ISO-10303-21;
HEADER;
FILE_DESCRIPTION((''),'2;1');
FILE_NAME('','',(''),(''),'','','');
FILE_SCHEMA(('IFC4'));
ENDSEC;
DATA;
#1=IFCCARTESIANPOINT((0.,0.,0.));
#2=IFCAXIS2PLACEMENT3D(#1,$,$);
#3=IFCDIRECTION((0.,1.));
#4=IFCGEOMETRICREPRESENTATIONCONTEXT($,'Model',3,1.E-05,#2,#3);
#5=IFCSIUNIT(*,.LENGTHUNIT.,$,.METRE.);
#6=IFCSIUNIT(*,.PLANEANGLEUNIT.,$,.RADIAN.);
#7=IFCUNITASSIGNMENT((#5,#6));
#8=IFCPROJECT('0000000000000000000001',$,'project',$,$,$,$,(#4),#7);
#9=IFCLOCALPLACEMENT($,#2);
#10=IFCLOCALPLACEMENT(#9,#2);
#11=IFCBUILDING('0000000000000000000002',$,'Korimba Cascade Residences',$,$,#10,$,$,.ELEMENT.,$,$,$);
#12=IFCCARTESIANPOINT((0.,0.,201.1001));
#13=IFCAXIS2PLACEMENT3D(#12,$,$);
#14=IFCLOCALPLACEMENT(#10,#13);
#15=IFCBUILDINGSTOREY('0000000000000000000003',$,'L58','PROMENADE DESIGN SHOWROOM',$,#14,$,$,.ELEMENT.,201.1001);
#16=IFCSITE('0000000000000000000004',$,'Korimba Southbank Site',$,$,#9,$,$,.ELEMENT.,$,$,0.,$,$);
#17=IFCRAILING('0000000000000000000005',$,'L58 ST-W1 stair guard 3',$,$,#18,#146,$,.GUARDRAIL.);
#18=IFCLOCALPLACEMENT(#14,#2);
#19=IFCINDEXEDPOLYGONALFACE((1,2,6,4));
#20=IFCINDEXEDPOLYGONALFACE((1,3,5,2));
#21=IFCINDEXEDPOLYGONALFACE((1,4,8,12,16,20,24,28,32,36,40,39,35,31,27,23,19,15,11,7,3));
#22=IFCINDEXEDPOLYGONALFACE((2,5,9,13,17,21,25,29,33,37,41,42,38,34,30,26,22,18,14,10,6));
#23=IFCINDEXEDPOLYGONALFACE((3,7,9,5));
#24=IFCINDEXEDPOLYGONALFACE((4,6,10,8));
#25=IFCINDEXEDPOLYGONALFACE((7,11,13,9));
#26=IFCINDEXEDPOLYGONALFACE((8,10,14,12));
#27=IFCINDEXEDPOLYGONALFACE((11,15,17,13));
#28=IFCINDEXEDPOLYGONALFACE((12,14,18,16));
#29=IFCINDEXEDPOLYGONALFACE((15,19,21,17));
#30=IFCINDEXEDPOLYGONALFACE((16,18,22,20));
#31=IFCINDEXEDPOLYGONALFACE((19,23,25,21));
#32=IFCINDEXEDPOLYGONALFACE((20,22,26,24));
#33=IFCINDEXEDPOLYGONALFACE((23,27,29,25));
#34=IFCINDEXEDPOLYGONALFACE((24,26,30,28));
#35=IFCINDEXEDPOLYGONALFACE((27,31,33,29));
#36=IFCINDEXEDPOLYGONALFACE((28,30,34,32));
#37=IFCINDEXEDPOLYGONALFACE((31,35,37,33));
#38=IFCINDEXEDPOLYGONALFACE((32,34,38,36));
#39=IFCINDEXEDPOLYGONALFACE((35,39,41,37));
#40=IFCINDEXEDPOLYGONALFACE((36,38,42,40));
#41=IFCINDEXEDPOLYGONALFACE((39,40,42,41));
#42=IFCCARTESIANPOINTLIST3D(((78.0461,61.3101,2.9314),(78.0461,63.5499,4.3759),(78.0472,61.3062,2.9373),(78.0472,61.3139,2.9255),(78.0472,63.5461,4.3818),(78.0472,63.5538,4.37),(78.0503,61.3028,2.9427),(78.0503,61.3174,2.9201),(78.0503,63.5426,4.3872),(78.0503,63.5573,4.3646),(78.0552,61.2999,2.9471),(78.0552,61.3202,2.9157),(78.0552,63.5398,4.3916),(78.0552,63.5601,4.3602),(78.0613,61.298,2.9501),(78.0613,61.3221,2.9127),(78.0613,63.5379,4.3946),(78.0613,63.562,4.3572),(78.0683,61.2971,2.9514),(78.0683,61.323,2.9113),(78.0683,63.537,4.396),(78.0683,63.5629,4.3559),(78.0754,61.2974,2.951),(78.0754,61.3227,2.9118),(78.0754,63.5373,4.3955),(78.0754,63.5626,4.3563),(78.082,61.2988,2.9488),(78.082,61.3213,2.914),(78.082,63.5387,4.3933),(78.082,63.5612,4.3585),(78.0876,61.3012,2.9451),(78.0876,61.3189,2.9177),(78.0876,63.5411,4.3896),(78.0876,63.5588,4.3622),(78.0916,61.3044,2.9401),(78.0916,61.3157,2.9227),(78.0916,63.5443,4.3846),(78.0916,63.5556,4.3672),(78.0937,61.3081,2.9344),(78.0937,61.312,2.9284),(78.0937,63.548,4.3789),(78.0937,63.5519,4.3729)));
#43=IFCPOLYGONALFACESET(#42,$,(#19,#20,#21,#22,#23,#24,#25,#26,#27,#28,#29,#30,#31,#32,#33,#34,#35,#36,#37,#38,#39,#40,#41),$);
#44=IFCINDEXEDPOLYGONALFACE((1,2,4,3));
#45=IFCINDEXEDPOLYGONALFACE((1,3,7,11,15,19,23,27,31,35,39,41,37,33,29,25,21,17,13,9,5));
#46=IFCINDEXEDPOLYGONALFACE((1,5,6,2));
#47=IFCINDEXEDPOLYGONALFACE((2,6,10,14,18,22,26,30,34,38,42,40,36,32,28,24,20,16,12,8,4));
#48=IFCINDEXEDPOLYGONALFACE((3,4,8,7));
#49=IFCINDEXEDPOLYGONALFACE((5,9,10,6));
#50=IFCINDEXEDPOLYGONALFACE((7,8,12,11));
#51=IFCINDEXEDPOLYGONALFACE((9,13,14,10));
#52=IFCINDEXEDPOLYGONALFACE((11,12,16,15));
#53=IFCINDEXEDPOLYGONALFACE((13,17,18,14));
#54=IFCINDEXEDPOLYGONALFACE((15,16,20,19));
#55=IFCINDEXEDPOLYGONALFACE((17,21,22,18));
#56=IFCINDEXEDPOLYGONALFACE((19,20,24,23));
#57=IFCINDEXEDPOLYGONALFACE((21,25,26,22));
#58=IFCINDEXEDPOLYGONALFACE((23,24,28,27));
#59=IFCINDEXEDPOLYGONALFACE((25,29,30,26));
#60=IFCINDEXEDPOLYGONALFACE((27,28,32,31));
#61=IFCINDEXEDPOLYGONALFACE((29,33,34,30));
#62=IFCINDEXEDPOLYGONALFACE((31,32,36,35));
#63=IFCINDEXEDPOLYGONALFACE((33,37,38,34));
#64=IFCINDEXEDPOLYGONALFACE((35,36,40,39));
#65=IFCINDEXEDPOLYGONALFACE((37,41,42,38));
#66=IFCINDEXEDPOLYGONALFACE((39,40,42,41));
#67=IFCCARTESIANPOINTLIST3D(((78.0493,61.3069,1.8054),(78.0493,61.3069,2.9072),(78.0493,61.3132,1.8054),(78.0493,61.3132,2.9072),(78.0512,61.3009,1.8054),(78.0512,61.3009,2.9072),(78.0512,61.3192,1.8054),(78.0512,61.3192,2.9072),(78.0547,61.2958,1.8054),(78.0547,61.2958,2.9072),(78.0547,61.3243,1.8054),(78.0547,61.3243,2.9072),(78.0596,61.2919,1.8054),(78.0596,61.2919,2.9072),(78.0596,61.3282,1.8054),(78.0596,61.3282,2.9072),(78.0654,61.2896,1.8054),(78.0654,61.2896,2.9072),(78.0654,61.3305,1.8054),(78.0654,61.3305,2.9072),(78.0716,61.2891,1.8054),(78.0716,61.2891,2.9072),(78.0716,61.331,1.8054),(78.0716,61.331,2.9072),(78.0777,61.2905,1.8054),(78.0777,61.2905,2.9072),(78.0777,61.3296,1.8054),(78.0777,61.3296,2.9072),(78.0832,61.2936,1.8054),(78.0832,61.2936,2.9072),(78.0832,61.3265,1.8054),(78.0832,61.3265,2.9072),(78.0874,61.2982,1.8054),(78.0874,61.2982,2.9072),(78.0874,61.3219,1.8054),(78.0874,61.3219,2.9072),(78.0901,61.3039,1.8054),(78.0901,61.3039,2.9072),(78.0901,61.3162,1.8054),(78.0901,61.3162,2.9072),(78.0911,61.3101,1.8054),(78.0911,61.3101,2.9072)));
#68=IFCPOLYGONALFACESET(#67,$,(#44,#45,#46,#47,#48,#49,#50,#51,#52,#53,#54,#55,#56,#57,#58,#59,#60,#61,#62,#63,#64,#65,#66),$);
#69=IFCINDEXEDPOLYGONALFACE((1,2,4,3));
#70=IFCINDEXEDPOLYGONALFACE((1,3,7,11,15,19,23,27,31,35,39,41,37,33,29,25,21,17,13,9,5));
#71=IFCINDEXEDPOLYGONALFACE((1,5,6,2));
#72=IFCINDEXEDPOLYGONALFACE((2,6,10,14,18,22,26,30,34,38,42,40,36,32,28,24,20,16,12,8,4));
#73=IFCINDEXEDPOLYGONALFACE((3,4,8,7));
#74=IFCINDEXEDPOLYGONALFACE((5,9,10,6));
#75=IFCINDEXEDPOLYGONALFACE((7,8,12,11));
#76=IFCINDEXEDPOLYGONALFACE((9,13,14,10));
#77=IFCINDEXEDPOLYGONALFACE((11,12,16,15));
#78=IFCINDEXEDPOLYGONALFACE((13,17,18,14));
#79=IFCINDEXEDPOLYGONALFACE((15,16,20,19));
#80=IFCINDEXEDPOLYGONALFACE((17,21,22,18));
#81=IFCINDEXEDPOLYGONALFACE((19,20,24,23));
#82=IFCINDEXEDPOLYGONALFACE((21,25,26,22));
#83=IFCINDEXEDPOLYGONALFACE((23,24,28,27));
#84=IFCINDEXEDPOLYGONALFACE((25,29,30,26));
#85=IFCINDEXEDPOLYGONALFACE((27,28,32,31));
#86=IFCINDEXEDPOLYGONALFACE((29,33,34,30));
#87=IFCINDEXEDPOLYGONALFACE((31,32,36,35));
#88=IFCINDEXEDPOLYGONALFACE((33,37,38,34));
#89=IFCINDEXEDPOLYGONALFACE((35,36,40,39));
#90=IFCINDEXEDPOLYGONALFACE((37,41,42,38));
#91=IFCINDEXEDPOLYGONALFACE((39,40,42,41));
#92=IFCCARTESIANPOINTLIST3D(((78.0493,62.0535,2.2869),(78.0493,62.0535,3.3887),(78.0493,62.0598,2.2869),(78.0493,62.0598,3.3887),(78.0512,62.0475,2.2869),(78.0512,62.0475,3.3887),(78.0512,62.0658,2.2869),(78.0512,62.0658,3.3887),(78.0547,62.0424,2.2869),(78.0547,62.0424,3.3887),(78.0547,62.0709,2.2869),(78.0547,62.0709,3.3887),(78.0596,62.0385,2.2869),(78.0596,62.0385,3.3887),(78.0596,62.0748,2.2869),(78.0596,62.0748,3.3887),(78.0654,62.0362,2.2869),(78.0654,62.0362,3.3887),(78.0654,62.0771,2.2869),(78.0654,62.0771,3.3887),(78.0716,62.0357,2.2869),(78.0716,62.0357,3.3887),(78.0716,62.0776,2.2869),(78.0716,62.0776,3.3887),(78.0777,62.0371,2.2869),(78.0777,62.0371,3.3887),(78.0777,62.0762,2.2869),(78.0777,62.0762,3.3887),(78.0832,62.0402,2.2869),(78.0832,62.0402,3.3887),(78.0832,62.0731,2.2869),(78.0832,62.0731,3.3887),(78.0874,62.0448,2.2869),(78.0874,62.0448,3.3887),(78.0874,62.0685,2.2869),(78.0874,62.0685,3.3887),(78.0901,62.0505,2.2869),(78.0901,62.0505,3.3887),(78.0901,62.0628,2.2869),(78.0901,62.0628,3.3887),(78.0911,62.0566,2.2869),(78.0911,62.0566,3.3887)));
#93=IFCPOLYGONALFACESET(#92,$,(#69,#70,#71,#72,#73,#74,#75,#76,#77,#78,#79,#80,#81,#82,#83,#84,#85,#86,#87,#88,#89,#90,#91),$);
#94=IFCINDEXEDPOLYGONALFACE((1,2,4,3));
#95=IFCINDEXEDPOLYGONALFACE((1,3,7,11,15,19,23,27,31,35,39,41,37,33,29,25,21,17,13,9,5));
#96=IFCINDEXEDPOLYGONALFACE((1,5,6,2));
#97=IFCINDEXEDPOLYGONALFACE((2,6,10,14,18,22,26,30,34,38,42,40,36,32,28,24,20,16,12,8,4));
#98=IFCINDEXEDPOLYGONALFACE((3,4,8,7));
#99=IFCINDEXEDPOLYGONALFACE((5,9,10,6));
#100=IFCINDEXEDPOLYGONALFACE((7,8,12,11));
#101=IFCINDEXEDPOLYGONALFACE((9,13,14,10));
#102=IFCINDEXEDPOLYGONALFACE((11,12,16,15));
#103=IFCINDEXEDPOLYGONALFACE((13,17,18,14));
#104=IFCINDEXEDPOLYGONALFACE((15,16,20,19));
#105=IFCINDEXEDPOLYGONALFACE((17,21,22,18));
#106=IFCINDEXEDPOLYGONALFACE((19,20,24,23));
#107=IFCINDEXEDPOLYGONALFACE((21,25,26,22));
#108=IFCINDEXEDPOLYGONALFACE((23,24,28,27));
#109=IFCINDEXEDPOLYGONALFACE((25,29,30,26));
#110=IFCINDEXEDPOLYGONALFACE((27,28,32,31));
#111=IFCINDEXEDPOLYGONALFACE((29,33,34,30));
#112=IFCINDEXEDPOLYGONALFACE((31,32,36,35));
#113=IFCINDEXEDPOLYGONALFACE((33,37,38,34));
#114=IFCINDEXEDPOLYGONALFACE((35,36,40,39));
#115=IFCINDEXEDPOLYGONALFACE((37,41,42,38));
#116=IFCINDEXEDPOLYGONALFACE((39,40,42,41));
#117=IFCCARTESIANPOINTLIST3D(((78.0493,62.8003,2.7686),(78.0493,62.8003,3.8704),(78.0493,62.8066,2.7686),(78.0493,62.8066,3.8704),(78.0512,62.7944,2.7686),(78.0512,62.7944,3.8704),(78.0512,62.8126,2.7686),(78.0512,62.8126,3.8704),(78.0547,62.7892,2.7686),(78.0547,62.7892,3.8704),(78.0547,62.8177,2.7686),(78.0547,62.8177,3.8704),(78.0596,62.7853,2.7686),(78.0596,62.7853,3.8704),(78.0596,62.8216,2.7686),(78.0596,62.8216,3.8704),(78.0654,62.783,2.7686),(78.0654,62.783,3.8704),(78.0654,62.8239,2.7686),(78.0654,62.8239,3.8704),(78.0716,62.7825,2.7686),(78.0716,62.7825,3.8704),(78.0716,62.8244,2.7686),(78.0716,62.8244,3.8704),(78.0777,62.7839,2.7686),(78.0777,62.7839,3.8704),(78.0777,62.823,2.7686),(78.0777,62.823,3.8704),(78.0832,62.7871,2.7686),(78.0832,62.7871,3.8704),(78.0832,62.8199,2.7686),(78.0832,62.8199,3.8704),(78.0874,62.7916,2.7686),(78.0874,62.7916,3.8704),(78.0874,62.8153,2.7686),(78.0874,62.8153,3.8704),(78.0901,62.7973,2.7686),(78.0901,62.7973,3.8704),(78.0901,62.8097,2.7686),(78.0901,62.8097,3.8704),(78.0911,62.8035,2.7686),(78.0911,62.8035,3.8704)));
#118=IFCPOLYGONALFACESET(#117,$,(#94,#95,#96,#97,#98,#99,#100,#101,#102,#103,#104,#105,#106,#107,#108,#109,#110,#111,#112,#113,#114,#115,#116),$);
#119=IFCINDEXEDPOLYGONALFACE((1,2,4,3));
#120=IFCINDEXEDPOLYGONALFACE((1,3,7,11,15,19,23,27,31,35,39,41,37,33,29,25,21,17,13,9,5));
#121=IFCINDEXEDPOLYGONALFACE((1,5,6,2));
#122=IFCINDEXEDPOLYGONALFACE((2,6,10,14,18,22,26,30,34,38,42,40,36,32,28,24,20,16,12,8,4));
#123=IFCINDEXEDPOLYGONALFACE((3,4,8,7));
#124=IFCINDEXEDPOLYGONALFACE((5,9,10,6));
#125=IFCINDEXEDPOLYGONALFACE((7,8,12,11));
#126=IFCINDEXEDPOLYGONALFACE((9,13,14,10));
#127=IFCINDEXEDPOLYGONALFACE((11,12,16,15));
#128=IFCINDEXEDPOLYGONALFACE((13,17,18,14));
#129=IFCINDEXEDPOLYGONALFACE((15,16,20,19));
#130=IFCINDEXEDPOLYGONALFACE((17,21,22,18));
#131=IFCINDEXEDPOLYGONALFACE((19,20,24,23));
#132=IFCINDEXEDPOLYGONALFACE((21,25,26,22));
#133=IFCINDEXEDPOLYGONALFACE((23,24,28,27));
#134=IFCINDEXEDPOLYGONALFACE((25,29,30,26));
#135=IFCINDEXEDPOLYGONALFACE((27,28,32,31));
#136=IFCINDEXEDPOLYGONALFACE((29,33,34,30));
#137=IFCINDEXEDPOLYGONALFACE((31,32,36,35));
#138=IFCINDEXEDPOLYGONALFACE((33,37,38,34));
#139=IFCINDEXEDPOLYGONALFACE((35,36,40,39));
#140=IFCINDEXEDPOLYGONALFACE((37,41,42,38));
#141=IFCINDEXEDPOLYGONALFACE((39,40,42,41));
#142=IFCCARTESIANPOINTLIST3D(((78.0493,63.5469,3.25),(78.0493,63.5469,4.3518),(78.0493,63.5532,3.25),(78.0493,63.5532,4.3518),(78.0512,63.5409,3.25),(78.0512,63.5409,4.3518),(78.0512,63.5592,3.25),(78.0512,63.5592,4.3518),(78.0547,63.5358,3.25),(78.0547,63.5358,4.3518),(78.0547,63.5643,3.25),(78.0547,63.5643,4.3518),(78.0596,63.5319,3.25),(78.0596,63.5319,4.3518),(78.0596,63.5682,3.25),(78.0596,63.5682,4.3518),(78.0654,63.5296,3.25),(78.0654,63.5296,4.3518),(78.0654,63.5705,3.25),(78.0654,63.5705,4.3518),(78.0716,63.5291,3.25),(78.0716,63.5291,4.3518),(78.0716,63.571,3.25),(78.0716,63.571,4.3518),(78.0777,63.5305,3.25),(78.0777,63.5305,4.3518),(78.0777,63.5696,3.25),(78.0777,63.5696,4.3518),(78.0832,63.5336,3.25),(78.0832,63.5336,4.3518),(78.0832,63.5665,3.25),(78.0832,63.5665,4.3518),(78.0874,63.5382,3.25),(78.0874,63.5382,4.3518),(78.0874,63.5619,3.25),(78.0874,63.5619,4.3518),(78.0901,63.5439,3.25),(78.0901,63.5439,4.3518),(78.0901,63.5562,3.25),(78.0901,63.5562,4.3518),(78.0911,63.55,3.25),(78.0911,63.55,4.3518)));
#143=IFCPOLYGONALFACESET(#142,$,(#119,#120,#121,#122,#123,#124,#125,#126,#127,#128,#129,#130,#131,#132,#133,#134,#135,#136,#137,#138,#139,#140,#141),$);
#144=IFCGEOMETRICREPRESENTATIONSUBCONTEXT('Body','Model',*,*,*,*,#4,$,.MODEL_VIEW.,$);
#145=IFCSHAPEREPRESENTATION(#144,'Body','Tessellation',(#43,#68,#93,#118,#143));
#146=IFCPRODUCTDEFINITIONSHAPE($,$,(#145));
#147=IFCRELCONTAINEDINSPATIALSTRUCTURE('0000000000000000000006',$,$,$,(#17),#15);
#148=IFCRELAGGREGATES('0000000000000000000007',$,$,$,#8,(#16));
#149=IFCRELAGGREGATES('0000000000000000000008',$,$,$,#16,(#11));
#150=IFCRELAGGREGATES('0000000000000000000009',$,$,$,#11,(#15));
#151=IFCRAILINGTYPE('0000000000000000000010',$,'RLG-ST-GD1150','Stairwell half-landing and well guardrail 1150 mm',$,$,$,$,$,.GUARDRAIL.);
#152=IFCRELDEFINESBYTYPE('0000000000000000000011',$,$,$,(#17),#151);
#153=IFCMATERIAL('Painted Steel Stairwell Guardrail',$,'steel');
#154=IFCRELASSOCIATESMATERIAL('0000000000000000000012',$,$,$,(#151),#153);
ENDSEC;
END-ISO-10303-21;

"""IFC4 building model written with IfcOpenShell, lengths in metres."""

from ifc_helpers import new_model, si_unit, direction, frame, origin, origin_2d, place, context, subcontext, project, spatial, circle, extrude, material, type_object, element, save


model = new_model("IFC4")

# Units and contexts
model_context = context("Model", 3, precision=1e-05, world=origin(), true_north=direction((0.0, 1.0)))
body_context = subcontext(model_context, "Body", "Model", "MODEL_VIEW")
ifc_project = project(units=[si_unit("LENGTHUNIT", "METRE"), si_unit("PLANEANGLEUNIT", "RADIAN")], contexts=[model_context])

# Site, building, storey
site_placement = place(None, origin())
site = spatial("IfcSite", under=ifc_project, at=site_placement, Name="Korimba Southbank Site", CompositionType="ELEMENT", RefElevation=0.0)
building_placement = place(site_placement, origin())
building = spatial("IfcBuilding", under=site, at=building_placement, Name="Korimba Cascade Residences", CompositionType="ELEMENT")
storey_placement = place(building_placement, frame((0.0, 0.0, 201.1001)))
storey = spatial("IfcBuildingStorey", under=building, at=storey_placement, Name="L58", Description="PROMENADE DESIGN SHOWROOM", CompositionType="ELEMENT", Elevation=201.1001)

# Railing
ifc_material_1 = material(Name="Painted Steel Stairwell Guardrail", Category="steel")
railing_type = type_object("IfcRailingType", Name="RLG-ST-GD1150", Description="Stairwell half-landing and well guardrail 1150 mm", PredefinedType="GUARDRAIL", material=ifc_material_1)
railing_1_placement = place(storey_placement, frame((78.0701, 61.3101, 1.8054)))
element("IfcRailing", 1, at=railing_1_placement, inside=storey, type_object=railing_type, Name="L58 ST-W1 stair guard 3", PredefinedType="GUARDRAIL", context=body_context, shape_type="SweptSolid", body=[
    extrude(circle(Radius=0.0239, at=origin_2d()), frame((0.0, 0.0, 1.126), z_axis=(0.0, 0.840395, 0.541975), x_axis=(-1.0, 0.0, 0.0)), (0.0, 0.0, 1.0), 2.6653),
    extrude(circle(Radius=0.021, at=origin_2d()), origin(), (0.0, 0.0, 1.0), 1.1018),
    extrude(circle(Radius=0.021, at=origin_2d()), frame((0.0, 0.7466, 0.4814)), (0.0, 0.0, 1.0), 1.1018),
    extrude(circle(Radius=0.021, at=origin_2d()), frame((0.0, 1.4934, 0.9631)), (0.0, 0.0, 1.0), 1.1018),
    extrude(circle(Radius=0.021, at=origin_2d()), frame((0.0, 2.24, 1.4446)), (0.0, 0.0, 1.0), 1.1018),
])

save(model, "model.ifc")
